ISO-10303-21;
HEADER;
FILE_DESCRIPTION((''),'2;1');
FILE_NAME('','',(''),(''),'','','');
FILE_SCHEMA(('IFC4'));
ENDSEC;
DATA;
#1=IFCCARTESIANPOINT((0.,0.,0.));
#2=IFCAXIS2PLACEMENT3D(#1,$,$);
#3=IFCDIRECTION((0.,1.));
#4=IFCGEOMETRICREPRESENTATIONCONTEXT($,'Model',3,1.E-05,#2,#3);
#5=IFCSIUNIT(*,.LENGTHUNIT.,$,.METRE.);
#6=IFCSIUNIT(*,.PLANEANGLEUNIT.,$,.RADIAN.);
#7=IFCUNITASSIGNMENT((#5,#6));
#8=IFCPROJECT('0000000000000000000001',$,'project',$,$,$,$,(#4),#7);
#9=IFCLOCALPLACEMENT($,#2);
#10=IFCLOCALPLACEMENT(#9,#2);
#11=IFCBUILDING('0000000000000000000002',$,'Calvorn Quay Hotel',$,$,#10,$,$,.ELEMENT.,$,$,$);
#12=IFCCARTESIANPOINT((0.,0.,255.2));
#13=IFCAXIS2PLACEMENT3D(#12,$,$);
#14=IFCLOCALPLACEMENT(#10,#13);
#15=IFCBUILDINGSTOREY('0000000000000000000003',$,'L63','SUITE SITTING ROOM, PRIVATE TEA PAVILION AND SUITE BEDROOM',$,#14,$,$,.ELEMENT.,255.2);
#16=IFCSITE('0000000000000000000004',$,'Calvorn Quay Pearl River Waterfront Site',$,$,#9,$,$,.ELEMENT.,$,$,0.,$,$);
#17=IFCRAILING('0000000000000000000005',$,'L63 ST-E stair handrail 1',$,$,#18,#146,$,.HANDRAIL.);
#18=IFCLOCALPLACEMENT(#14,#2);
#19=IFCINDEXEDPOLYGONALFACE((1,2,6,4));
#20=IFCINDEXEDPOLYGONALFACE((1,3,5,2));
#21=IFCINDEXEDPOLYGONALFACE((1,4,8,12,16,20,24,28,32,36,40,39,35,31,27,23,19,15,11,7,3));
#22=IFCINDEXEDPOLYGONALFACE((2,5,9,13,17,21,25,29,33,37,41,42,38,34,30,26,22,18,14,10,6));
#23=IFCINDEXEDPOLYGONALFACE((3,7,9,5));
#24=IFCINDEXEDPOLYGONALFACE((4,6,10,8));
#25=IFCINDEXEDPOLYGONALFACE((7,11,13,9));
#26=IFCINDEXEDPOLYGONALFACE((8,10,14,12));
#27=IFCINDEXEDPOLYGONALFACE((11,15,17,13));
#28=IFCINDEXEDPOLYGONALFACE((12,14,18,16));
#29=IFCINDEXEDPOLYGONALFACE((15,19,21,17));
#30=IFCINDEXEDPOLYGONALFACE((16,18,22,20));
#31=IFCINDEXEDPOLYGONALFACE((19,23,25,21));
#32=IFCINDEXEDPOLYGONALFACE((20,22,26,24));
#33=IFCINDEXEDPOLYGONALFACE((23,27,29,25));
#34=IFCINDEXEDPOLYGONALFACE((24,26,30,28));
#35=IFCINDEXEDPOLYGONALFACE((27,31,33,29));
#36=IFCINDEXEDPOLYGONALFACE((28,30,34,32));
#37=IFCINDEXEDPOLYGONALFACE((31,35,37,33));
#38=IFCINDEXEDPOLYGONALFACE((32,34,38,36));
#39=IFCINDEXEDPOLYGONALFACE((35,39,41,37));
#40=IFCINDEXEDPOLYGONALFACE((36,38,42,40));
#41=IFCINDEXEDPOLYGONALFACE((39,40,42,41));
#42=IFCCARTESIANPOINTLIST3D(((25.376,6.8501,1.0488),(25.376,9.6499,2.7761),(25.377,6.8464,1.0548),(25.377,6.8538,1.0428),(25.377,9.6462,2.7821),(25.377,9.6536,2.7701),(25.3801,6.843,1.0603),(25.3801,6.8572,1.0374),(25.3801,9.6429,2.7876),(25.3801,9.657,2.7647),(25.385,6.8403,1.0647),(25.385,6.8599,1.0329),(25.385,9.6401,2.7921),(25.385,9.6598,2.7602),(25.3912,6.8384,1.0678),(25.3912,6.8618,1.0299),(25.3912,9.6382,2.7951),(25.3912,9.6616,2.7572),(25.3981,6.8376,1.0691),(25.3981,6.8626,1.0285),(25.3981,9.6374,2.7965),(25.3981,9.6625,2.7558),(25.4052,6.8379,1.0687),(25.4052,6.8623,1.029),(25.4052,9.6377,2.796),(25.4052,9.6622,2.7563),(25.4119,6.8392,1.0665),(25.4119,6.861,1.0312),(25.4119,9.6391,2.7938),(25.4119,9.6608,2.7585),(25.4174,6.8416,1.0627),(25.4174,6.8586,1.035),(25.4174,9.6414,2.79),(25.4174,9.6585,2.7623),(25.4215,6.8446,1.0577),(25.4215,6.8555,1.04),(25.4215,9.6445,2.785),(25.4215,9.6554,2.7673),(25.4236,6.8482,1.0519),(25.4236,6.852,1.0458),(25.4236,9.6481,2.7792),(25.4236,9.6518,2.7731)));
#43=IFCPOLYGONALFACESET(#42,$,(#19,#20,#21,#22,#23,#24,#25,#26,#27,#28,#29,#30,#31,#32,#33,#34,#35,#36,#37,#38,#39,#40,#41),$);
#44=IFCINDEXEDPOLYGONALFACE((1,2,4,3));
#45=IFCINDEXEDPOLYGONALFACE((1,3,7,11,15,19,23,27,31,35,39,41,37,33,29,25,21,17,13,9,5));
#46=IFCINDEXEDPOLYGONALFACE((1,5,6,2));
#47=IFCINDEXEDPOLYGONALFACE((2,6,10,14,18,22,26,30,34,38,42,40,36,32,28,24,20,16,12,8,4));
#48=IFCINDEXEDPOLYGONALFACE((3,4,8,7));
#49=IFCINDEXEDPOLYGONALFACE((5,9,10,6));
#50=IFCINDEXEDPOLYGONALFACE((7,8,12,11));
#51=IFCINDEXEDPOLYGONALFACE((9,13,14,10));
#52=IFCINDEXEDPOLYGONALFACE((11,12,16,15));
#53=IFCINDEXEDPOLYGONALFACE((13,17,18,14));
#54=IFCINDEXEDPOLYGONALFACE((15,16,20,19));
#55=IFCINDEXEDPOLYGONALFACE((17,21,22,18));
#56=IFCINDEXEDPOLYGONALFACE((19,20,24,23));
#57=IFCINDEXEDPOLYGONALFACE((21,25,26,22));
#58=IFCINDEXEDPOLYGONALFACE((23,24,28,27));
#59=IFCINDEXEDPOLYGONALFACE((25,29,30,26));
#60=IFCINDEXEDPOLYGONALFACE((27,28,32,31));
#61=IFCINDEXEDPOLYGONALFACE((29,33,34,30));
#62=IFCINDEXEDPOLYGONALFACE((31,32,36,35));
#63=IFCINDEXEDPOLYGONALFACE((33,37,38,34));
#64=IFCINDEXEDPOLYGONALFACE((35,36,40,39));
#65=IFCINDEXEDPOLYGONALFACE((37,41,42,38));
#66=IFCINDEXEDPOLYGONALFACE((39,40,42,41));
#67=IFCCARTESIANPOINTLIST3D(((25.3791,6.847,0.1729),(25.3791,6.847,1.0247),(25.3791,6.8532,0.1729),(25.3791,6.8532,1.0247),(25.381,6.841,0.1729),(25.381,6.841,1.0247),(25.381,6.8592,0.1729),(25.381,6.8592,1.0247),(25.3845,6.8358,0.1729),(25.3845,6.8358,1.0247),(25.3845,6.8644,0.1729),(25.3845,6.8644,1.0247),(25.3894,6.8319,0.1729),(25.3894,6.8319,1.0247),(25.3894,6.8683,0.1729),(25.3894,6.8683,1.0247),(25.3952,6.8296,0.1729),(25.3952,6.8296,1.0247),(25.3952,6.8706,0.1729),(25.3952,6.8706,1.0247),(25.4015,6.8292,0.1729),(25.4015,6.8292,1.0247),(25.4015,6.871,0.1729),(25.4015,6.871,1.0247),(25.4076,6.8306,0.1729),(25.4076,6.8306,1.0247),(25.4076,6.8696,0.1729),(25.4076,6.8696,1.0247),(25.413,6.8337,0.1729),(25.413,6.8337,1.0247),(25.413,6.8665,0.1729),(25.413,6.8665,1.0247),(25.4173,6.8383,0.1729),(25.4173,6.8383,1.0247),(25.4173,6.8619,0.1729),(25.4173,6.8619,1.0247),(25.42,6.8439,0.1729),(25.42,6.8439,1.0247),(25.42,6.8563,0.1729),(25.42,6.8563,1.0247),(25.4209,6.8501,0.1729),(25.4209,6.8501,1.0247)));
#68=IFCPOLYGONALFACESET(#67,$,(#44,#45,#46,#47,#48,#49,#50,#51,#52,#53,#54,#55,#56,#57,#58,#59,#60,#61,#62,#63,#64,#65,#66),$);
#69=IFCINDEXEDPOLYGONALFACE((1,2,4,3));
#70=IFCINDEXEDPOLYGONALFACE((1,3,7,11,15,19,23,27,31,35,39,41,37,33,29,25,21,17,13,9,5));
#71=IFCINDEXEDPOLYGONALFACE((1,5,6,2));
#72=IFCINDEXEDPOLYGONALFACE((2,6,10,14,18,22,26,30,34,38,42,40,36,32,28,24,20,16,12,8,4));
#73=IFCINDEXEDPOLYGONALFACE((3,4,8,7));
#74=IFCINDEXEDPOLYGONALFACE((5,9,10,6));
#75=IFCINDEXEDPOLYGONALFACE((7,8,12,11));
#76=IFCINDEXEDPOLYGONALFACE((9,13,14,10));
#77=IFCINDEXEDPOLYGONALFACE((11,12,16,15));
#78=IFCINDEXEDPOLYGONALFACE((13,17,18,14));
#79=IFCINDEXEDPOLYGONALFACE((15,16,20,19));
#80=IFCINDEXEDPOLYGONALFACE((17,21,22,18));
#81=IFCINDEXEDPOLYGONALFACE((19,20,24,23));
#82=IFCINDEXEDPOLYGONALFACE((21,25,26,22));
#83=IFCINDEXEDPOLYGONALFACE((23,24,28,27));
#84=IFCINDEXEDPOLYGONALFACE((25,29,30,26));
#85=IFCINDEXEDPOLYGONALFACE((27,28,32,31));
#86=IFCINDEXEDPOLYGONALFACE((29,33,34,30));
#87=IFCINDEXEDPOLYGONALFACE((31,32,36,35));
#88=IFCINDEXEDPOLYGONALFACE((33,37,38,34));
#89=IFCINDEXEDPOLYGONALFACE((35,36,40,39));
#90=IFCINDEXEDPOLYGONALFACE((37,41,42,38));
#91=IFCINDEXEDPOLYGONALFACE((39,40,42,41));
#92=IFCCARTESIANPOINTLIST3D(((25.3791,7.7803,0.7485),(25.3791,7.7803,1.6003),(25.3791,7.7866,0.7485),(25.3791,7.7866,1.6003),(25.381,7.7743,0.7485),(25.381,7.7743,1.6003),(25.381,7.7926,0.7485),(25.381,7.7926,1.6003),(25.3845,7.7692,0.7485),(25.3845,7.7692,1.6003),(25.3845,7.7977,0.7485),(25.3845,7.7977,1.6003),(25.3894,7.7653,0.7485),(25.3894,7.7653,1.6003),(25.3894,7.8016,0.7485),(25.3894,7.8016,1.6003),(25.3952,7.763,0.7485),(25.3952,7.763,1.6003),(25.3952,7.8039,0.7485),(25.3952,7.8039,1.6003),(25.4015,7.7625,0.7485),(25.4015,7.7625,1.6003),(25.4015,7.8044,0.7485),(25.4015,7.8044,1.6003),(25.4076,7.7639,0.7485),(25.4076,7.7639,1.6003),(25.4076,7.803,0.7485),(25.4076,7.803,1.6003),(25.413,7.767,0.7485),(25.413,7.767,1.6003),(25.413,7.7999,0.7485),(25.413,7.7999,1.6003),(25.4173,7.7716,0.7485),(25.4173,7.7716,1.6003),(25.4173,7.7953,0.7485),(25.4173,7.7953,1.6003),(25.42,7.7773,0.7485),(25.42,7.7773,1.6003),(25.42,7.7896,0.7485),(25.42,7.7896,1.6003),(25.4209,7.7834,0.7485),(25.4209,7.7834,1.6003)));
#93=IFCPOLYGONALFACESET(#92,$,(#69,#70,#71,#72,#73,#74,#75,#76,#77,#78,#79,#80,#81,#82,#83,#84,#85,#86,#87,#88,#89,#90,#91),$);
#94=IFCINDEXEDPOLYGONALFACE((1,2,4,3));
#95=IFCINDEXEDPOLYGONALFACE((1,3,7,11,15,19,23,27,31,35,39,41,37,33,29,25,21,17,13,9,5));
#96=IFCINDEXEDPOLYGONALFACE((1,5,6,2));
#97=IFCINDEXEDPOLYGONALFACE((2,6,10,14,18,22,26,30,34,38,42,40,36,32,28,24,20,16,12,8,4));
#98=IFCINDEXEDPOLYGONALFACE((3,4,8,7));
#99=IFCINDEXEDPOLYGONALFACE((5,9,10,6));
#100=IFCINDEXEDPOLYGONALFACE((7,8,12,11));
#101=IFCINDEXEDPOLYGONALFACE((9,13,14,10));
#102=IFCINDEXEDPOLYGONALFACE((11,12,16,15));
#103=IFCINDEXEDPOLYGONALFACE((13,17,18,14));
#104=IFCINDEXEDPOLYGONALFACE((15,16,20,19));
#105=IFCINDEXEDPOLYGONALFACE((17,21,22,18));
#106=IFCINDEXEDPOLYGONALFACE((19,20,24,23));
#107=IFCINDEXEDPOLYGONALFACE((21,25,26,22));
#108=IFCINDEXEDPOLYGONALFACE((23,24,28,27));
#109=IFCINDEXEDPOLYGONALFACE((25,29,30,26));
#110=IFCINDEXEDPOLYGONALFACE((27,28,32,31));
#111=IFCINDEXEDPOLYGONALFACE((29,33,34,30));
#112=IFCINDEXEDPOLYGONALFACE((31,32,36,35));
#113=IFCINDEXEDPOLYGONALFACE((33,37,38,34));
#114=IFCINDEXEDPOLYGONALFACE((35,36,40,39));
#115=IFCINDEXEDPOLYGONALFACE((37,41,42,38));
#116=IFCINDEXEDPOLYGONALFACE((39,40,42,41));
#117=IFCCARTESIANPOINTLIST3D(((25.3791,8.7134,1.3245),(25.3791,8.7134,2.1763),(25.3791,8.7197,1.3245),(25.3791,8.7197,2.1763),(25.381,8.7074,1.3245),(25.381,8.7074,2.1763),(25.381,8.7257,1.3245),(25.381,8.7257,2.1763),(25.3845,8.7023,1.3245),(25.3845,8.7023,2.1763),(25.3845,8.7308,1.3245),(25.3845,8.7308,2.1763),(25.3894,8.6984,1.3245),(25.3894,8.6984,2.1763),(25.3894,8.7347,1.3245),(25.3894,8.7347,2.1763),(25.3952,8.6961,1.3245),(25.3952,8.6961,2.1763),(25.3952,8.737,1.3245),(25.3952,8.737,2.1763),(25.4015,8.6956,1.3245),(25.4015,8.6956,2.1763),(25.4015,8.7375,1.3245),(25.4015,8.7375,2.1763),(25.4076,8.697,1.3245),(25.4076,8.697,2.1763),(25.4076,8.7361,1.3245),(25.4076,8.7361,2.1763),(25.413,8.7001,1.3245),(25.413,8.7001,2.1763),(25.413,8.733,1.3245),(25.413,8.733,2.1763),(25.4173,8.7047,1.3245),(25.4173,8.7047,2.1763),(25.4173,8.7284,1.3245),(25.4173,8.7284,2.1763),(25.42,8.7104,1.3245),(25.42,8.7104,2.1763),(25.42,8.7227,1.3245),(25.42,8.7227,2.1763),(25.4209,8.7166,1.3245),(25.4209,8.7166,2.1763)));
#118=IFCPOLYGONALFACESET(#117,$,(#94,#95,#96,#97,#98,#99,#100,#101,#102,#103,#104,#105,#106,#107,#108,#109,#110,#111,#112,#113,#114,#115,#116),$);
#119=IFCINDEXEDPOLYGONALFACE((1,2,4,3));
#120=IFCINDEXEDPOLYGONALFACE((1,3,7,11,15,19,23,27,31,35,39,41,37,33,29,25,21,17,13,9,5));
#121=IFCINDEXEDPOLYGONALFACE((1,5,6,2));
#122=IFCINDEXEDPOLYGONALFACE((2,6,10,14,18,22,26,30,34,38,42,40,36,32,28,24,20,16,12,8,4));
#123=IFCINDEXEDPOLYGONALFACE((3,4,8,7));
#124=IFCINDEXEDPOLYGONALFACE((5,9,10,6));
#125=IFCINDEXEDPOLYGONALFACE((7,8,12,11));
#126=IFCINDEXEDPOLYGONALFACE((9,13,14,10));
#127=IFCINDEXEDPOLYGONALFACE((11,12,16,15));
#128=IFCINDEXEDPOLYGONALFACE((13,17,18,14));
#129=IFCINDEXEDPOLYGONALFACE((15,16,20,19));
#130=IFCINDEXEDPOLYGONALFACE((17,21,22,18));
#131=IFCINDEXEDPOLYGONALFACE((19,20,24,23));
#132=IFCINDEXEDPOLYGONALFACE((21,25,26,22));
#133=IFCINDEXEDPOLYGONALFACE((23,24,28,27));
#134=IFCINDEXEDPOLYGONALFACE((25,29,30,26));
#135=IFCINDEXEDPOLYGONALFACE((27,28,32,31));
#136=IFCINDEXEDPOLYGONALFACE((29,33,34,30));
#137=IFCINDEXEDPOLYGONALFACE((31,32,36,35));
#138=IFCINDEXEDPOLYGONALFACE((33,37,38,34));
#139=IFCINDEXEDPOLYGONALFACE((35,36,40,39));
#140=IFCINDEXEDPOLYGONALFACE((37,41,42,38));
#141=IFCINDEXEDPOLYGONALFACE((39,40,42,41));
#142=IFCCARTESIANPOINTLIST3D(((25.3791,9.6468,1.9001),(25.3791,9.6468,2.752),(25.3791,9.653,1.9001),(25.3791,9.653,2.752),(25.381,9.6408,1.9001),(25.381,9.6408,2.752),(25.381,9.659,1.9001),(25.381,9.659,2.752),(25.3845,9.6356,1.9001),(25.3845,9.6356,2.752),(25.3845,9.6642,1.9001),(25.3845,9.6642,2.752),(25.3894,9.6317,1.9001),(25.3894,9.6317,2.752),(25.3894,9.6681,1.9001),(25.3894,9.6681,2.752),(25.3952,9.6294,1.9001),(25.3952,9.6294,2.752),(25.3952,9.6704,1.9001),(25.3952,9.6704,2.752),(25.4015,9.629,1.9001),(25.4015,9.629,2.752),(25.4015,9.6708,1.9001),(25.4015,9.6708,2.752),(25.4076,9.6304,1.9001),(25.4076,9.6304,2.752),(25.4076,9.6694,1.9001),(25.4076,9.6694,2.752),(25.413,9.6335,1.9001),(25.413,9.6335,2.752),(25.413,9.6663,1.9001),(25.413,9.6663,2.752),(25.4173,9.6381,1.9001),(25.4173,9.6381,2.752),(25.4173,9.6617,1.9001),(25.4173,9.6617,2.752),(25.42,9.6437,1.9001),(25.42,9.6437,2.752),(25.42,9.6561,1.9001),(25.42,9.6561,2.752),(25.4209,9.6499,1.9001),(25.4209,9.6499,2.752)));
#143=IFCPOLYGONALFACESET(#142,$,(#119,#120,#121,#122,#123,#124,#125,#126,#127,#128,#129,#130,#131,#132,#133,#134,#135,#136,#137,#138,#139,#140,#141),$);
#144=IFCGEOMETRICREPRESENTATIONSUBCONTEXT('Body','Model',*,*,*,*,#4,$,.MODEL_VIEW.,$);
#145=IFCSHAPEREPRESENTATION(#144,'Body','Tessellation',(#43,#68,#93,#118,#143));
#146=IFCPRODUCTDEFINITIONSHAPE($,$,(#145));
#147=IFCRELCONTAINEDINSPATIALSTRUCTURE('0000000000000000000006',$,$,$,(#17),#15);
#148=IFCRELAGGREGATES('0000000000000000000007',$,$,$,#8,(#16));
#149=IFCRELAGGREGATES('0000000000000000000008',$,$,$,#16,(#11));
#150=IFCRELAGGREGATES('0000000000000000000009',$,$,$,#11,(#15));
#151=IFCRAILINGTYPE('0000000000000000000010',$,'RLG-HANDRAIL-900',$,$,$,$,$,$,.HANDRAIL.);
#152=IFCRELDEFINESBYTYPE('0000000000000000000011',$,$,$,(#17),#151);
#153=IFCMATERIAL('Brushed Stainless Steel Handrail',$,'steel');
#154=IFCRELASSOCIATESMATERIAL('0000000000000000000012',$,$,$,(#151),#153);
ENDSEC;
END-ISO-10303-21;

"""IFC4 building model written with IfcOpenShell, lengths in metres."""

from ifc_helpers import new_model, si_unit, direction, frame, origin, origin_2d, place, context, subcontext, project, spatial, circle, extrude, material, type_object, element, save


model = new_model("IFC4")

# Units and contexts
model_context = context("Model", 3, precision=1e-05, world=origin(), true_north=direction((0.0, 1.0)))
body_context = subcontext(model_context, "Body", "Model", "MODEL_VIEW")
ifc_project = project(units=[si_unit("LENGTHUNIT", "METRE"), si_unit("PLANEANGLEUNIT", "RADIAN")], contexts=[model_context])

# Site, building, storey
site_placement = place(None, origin())
site = spatial("IfcSite", under=ifc_project, at=site_placement, Name="Calvorn Quay Pearl River Waterfront Site", CompositionType="ELEMENT", RefElevation=0.0)
building_placement = place(site_placement, origin())
building = spatial("IfcBuilding", under=site, at=building_placement, Name="Calvorn Quay Hotel", CompositionType="ELEMENT")
storey_placement = place(building_placement, frame((0.0, 0.0, 255.2)))
storey = spatial("IfcBuildingStorey", under=building, at=storey_placement, Name="L63", Description="SUITE SITTING ROOM, PRIVATE TEA PAVILION AND SUITE BEDROOM", CompositionType="ELEMENT", Elevation=255.2)

# Railing
ifc_material_1 = material(Name="Brushed Stainless Steel Handrail", Category="steel")
railing_type_1 = type_object("IfcRailingType", Name="RLG-HANDRAIL-900", PredefinedType="HANDRAIL", material=ifc_material_1)
railing_1_placement = place(storey_placement, frame((25.3999, 6.8501, 0.1729)))
element("IfcRailing", 1, at=railing_1_placement, inside=storey, type_object=railing_type_1, Name="L63 ST-E stair handrail 1", PredefinedType="HANDRAIL", context=body_context, shape_type="SweptSolid", body=[
    extrude(circle(Radius=0.0239, at=origin_2d()), frame((0.0, 0.0, 0.876), z_axis=(0.0, 0.851069, 0.525054), x_axis=(-1.0, 0.0, 0.0)), (0.0, 0.0, 1.0), 3.2898),
    extrude(circle(Radius=0.021, at=origin_2d()), origin(), (0.0, 0.0, 1.0), 0.8518),
    extrude(circle(Radius=0.021, at=origin_2d()), frame((0.0, 0.9333, 0.5757)), (0.0, 0.0, 1.0), 0.8518),
    extrude(circle(Radius=0.021, at=origin_2d()), frame((0.0, 1.8665, 1.1516)), (0.0, 0.0, 1.0), 0.8518),
    extrude(circle(Radius=0.021, at=origin_2d()), frame((0.0, 2.7998, 1.7273)), (0.0, 0.0, 1.0), 0.8518),
])

save(model, "model.ifc")
